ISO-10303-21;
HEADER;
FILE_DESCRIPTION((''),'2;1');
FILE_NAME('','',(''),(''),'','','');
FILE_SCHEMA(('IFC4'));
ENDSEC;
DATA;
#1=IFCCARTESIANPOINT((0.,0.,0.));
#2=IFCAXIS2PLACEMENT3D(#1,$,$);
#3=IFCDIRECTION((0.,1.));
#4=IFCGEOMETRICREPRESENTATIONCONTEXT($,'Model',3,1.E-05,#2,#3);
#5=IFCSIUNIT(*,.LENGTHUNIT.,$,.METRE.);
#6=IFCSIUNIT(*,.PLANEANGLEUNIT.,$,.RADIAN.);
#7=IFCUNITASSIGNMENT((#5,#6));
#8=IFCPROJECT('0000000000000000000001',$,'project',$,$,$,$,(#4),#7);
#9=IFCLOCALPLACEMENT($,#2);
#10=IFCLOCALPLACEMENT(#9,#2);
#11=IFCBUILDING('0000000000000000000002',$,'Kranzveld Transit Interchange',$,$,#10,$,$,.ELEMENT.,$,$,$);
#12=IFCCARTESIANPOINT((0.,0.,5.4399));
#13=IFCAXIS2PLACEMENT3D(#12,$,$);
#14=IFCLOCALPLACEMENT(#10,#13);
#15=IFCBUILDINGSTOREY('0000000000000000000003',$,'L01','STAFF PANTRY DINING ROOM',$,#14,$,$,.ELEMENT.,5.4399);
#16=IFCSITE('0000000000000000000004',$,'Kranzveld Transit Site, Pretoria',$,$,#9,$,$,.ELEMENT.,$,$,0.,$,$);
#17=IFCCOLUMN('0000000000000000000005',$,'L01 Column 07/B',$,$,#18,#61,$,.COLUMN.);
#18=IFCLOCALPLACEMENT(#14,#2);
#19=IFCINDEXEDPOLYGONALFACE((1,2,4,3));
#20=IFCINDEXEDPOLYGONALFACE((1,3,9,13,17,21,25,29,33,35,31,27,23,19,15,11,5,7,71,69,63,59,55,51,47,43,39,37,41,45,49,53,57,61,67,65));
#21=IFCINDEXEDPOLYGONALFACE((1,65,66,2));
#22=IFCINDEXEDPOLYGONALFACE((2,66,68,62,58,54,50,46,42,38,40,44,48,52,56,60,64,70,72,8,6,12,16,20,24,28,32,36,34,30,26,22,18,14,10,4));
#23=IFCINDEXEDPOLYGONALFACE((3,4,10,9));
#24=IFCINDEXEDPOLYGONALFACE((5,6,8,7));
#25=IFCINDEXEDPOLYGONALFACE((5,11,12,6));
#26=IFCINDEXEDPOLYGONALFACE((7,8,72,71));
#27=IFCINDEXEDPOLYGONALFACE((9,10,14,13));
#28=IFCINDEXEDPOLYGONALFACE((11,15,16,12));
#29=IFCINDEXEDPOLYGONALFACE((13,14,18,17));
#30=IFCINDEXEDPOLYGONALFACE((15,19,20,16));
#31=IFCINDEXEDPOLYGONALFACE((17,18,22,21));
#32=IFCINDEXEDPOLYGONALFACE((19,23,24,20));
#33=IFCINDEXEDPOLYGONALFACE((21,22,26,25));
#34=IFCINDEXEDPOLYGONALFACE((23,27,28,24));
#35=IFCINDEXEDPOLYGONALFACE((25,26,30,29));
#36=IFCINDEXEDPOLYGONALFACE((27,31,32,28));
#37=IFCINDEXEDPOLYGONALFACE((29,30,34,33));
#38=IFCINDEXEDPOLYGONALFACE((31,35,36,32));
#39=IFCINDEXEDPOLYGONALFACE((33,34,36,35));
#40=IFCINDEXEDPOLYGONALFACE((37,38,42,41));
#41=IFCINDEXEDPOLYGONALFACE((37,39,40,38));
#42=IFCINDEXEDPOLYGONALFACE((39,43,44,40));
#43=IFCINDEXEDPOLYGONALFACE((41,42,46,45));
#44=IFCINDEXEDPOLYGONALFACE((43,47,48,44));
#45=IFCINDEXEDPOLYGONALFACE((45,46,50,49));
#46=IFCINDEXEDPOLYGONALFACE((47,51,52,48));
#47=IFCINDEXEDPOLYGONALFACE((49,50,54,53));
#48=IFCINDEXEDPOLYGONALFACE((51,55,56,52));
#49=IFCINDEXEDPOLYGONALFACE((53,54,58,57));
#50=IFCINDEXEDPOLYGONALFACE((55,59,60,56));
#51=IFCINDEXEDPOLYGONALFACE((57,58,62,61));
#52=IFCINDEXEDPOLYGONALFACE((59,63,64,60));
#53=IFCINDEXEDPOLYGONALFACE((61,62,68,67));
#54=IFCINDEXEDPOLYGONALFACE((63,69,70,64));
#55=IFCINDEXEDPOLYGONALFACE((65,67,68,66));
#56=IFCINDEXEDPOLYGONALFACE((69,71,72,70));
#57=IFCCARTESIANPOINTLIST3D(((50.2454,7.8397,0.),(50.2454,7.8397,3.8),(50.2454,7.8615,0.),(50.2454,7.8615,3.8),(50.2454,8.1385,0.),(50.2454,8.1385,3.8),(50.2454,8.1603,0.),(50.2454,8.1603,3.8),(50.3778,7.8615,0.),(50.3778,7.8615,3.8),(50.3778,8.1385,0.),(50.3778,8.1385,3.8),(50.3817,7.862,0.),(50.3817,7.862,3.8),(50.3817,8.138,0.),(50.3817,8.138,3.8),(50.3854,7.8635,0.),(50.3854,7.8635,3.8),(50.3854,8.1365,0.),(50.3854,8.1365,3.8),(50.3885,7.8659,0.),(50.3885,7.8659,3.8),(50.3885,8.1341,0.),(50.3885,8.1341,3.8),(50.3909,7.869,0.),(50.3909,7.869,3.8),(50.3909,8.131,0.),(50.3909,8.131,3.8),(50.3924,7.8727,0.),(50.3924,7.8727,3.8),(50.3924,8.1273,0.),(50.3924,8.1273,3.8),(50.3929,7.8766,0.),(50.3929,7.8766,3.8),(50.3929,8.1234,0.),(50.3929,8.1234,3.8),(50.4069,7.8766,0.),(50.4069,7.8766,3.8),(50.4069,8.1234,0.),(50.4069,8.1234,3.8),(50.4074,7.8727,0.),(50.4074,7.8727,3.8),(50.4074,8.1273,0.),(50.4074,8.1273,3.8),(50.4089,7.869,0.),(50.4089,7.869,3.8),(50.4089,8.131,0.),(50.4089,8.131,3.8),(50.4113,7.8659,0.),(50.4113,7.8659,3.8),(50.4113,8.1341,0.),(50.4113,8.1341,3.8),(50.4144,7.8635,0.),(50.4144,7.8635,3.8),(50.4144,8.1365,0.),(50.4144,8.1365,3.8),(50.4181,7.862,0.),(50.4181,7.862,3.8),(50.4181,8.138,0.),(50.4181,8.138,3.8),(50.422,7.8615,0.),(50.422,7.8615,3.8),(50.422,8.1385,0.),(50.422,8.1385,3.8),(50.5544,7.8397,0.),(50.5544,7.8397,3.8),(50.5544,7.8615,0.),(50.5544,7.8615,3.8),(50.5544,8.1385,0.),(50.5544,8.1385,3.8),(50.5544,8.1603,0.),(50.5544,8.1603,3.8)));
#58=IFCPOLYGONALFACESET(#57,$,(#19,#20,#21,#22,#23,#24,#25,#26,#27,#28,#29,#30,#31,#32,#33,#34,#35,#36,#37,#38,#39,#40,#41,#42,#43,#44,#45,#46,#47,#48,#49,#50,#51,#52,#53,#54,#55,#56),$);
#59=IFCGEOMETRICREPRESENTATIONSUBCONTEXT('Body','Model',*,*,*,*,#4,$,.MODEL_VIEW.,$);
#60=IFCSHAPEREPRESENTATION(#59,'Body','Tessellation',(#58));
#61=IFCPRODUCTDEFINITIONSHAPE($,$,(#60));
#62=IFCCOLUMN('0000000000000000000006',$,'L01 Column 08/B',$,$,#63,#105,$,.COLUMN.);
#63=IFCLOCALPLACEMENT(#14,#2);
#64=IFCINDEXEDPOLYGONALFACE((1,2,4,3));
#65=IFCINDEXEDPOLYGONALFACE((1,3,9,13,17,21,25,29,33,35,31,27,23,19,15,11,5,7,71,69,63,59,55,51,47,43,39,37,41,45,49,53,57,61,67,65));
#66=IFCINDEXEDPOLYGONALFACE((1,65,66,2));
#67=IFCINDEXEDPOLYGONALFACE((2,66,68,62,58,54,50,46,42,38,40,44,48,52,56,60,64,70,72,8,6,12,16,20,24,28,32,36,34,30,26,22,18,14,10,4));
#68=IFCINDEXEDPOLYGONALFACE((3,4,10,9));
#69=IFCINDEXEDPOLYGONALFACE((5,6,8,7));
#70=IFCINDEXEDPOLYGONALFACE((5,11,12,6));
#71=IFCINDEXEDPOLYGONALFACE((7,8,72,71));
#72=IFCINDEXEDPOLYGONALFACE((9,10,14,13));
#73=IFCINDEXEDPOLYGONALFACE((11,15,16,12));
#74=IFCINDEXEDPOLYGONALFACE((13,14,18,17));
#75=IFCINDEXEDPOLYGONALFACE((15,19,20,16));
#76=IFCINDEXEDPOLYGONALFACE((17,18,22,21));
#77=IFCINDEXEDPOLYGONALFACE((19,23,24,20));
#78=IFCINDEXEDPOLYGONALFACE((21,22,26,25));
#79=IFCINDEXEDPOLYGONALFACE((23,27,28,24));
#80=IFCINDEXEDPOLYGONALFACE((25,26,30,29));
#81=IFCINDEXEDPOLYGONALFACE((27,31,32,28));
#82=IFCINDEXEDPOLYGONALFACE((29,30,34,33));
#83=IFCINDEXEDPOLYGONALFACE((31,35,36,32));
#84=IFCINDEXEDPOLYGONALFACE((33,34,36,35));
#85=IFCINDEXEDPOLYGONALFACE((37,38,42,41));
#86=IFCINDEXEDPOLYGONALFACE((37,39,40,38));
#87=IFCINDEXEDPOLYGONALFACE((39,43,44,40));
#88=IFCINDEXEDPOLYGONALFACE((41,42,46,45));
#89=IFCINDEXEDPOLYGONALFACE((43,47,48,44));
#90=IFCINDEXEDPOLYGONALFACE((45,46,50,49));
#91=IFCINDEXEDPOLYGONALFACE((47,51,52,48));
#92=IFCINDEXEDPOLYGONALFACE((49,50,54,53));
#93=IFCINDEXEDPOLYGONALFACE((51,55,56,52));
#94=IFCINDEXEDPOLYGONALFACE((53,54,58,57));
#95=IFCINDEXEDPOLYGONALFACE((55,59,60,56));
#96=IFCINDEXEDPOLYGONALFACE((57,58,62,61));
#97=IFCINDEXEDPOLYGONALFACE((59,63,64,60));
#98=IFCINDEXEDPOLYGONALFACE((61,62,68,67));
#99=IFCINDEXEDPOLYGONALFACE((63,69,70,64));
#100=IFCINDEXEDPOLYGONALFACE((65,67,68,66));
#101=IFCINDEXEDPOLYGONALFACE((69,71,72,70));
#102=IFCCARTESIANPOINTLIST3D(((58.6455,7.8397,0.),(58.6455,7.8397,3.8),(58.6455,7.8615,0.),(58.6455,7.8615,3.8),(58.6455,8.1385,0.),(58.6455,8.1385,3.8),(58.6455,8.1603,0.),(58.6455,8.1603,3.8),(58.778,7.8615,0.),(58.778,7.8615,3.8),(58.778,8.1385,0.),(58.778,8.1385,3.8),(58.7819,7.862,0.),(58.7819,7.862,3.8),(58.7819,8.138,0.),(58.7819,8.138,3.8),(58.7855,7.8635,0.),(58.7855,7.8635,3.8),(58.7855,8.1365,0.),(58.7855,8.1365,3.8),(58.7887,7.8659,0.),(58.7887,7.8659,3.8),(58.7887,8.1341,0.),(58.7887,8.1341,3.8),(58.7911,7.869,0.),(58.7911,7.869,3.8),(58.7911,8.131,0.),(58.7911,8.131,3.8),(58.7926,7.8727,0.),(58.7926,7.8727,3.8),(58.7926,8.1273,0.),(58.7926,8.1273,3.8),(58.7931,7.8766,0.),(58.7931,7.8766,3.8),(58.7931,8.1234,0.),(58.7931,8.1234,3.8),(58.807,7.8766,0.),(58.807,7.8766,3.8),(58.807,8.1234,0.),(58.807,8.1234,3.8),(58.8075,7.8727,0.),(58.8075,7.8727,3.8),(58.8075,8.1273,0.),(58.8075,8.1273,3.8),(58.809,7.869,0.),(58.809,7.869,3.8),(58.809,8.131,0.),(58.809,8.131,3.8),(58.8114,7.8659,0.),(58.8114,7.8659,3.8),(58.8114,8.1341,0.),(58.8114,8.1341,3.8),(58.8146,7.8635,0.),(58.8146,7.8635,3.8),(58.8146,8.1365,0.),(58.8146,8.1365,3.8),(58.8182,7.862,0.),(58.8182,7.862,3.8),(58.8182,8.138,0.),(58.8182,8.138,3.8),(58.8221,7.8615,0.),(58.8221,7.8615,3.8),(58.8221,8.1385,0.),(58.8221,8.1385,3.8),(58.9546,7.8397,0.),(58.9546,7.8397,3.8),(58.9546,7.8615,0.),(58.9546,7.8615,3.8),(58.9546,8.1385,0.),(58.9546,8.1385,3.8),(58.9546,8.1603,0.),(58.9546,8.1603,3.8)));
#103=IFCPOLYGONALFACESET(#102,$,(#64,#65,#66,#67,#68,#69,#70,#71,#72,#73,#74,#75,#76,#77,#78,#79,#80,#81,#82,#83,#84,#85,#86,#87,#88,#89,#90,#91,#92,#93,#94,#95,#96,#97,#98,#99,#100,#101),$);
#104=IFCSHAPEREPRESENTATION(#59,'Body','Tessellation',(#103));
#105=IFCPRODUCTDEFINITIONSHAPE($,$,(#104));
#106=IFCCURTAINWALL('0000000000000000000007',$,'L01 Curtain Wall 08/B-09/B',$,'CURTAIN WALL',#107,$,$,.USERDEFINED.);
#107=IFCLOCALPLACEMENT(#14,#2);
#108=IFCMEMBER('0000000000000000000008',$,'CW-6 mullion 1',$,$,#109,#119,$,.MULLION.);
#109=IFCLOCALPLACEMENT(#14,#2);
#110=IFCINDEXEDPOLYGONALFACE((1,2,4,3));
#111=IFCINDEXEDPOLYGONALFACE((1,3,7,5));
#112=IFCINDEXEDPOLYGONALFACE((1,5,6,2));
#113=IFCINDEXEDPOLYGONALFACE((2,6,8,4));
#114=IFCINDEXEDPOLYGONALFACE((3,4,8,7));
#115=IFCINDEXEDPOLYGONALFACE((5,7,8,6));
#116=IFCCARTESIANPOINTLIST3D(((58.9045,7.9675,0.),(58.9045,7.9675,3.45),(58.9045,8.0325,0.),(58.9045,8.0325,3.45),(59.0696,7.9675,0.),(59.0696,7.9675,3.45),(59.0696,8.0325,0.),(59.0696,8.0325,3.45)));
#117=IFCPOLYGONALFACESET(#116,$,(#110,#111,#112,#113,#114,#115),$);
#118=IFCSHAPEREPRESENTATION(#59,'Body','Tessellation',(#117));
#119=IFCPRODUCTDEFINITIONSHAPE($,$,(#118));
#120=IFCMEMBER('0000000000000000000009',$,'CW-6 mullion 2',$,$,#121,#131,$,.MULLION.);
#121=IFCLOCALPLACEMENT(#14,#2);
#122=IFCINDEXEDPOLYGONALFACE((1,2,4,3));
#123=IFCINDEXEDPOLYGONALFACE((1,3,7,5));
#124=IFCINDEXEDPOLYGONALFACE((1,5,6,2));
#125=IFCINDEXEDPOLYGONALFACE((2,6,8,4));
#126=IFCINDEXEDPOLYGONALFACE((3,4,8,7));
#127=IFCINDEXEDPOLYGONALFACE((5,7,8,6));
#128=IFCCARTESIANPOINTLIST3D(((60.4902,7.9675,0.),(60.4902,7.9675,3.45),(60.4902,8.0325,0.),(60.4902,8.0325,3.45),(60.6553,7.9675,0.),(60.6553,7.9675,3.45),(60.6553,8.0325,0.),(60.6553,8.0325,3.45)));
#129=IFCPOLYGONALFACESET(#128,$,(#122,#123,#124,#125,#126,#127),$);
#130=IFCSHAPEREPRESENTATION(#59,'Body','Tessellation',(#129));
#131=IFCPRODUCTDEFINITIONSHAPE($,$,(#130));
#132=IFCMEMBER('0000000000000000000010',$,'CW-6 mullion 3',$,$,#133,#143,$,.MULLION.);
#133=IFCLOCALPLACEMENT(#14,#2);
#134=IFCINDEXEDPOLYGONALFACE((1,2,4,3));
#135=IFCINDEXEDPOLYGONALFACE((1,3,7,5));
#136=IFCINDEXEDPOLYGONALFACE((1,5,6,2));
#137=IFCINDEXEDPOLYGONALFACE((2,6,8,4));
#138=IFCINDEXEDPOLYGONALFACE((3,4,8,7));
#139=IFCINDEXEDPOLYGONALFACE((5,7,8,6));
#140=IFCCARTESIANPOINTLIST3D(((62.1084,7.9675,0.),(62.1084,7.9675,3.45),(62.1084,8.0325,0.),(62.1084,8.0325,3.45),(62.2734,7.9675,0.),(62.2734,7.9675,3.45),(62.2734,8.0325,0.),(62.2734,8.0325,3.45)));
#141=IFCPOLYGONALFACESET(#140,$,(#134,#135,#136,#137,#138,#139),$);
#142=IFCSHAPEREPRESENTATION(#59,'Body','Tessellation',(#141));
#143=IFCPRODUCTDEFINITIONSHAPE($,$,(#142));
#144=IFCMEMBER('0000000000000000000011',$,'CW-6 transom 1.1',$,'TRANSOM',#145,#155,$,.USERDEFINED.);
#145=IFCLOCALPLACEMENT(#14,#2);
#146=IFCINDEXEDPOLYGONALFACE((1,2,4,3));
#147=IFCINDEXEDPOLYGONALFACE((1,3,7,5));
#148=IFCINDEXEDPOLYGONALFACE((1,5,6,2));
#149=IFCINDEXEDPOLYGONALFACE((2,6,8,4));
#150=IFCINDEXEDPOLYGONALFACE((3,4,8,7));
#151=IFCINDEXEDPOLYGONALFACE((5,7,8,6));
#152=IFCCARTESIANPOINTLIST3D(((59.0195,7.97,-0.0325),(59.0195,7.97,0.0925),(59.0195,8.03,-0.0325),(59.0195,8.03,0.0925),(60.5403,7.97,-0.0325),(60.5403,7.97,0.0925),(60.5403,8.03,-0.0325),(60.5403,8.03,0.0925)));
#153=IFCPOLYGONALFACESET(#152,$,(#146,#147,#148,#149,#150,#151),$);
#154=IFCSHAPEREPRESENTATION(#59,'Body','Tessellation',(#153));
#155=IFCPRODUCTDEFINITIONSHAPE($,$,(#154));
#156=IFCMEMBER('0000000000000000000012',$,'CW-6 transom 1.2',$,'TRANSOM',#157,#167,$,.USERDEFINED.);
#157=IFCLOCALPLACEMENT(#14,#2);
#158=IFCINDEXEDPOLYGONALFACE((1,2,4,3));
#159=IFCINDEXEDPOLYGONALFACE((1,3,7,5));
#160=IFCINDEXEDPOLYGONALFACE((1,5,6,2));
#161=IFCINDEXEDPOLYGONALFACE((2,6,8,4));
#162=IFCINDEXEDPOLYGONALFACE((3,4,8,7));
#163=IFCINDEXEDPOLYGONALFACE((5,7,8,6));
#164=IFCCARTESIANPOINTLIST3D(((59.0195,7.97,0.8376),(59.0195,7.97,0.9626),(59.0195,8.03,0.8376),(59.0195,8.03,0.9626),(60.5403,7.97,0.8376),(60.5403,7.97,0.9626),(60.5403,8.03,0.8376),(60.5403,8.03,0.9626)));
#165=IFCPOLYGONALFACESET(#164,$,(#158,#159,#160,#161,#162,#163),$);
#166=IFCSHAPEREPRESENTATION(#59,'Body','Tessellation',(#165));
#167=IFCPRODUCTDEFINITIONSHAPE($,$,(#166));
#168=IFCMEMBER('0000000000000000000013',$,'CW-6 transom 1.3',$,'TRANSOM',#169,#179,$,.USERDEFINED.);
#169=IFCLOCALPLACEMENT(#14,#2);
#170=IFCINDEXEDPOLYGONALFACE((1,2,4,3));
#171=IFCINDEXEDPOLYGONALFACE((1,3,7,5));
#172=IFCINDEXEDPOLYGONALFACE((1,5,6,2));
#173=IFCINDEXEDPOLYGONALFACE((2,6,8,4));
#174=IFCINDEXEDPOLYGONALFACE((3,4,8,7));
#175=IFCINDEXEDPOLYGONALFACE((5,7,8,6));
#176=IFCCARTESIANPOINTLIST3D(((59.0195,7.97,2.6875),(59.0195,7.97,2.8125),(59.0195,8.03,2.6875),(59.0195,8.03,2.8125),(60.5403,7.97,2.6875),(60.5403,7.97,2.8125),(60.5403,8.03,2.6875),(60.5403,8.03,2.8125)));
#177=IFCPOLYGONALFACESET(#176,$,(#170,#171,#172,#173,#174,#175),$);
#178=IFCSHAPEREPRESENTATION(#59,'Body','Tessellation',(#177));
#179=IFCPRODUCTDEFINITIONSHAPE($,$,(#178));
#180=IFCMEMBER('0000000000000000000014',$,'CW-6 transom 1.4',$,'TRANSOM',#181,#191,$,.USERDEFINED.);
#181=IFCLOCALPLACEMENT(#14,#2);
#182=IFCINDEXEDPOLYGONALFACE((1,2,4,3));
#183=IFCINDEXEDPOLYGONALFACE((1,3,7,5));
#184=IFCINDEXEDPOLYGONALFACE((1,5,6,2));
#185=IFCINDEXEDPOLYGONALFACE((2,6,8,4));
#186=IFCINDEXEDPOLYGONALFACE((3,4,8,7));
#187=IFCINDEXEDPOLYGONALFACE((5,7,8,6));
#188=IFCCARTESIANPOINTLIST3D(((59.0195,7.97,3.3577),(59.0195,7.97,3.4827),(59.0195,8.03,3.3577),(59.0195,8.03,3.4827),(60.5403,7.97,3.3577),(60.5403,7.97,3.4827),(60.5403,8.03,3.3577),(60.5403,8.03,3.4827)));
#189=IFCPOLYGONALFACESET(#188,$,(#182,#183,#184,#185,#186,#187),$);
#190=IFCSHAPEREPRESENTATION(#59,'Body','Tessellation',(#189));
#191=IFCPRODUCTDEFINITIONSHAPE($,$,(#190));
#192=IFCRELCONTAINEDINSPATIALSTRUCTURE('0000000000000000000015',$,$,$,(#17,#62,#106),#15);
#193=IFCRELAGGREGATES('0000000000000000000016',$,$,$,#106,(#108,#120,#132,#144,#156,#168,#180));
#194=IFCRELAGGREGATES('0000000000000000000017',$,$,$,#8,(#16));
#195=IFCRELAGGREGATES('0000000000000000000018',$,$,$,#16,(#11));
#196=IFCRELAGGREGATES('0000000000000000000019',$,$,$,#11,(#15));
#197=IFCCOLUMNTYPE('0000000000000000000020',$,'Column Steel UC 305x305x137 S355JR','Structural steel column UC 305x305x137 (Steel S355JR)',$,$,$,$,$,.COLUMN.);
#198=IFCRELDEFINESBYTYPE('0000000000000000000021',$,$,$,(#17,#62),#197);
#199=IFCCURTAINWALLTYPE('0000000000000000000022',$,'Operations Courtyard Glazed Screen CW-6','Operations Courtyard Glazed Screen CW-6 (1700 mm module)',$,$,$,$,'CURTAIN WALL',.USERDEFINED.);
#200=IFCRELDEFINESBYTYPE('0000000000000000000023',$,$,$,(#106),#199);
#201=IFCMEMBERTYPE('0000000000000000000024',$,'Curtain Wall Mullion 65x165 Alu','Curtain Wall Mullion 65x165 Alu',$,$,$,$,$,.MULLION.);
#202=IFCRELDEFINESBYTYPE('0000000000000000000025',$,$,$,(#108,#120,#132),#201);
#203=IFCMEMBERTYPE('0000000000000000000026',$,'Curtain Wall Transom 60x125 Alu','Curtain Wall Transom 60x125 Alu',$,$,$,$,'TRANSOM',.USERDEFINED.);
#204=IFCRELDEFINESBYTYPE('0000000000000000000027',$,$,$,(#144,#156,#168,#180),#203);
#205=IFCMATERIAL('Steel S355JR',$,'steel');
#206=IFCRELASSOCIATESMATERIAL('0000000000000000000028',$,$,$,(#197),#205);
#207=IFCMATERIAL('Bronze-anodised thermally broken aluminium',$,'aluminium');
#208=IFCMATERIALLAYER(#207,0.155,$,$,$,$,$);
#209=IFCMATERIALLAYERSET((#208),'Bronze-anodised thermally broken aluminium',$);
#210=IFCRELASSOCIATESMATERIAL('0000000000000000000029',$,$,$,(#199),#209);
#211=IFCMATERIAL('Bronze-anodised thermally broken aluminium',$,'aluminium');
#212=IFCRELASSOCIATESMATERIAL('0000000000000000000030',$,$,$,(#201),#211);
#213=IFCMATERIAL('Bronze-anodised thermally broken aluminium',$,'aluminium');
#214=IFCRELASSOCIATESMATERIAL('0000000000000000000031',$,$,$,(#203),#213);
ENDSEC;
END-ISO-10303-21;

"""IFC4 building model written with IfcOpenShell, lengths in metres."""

from ifc_helpers import new_model, si_unit, direction, frame, origin, origin_2d, place, context, subcontext, project, spatial, rectangle, i_section, extrude, material, layer, layer_set, material_profile, profile_set, type_object, element, aggregate, save


model = new_model("IFC4")

# Units and contexts
model_context = context("Model", 3, precision=1e-05, world=origin(), true_north=direction((0.0, 1.0)))
body_context = subcontext(model_context, "Body", "Model", "MODEL_VIEW")
ifc_project = project(units=[si_unit("LENGTHUNIT", "METRE"), si_unit("PLANEANGLEUNIT", "RADIAN")], contexts=[model_context])

# Site, building, storey
site_placement = place(None, origin())
site = spatial("IfcSite", under=ifc_project, at=site_placement, Name="Kranzveld Transit Site, Pretoria", CompositionType="ELEMENT", RefElevation=0.0)
building_placement = place(site_placement, origin())
building = spatial("IfcBuilding", under=site, at=building_placement, Name="Kranzveld Transit Interchange", CompositionType="ELEMENT")
storey_placement = place(building_placement, frame((0.0, 0.0, 5.4399)))
storey = spatial("IfcBuildingStorey", under=building, at=storey_placement, Name="L01", Description="STAFF PANTRY DINING ROOM", CompositionType="ELEMENT", Elevation=5.4399)

# Columns
ifc_material_1 = material(Name="Steel S355JR", Category="steel")
ifc_material_profile_1 = material_profile(ifc_material_1, i_section(OverallWidth=0.3091, OverallDepth=0.3206, WebThickness=0.0139, FlangeThickness=0.0217, FilletRadius=0.0151, at=origin_2d()), Name="UC 305x305x137")
ifc_profile_set_1 = profile_set([ifc_material_profile_1], Name="Steel S355JR")
column_type = type_object("IfcColumnType", Name="Column Steel UC 305x305x137 S355JR", Description="Structural steel column UC 305x305x137 (Steel S355JR)", PredefinedType="COLUMN", material=ifc_profile_set_1)
for number, where, z_axis, x_axis, name in (
    (1, (50.3999, 8.0, 0.0), (0.0, 0.0, 1.0), (1.0, 0.0, 0.0), "L01 Column 07/B"),
    (2, (58.8, 8.0, 0.0), (0.0, 0.0, 1.0), (1.0, 0.0, 0.0), "L01 Column 08/B"),
):
    element("IfcColumn", number, at=place(storey_placement, frame(where, z_axis=z_axis, x_axis=x_axis)), inside=storey, type_object=column_type, Name=name, PredefinedType="COLUMN", context=body_context, shape_type="SweptSolid", body=[
        extrude(i_section(OverallWidth=0.3091, OverallDepth=0.3206, WebThickness=0.0139, FlangeThickness=0.0217, FilletRadius=0.0151, at=origin_2d()), origin(), (0.0, 0.0, 1.0), 3.8),
    ])

# Curtain wall, members
ifc_material_2 = material(Name="Bronze-anodised thermally broken aluminium", Category="aluminium")
ifc_layer_1 = layer(ifc_material_2, 0.155)
ifc_layer_set_1 = layer_set([ifc_layer_1], Name="Bronze-anodised thermally broken aluminium")
curtain_wall_type = type_object("IfcCurtainWallType", Name="Operations Courtyard Glazed Screen CW-6", Description="Operations Courtyard Glazed Screen CW-6 (1700 mm module)", ElementType="CURTAIN WALL", PredefinedType="USERDEFINED", material=ifc_layer_set_1)
curtain_wall_placement = place(storey_placement, origin())
curtain_wall = element("IfcCurtainWall", 3, at=curtain_wall_placement, inside=storey, type_object=curtain_wall_type, Name="L01 Curtain Wall 08/B-09/B", ObjectType="CURTAIN WALL", PredefinedType="USERDEFINED")
ifc_material_3 = material(Name="Bronze-anodised thermally broken aluminium", Category="aluminium")
ifc_material_profile_2 = material_profile(ifc_material_3, rectangle(XDim=0.0649, YDim=0.165, at=origin_2d()), Name="ALU MULLION 65x165")
ifc_profile_set_2 = profile_set([ifc_material_profile_2], Name="Bronze-anodised thermally broken aluminium")
member_type_1 = type_object("IfcMemberType", Name="Curtain Wall Mullion 65x165 Alu", Description="Curtain Wall Mullion 65x165 Alu", PredefinedType="MULLION", material=ifc_profile_set_2)
member_1_placement = place(storey_placement, frame((58.9871, 8.0, 0.0), z_axis=(0.0, 0.0, 1.0), x_axis=(0.0, 1.0, 0.0)))
member_1 = element("IfcMember", 4, at=member_1_placement, type_object=member_type_1, Name="CW-6 mullion 1", PredefinedType="MULLION", context=body_context, shape_type="SweptSolid", body=[
    extrude(rectangle(XDim=0.0649, YDim=0.165, at=origin_2d()), origin(), (0.0, 0.0, 1.0), 3.45),
])
member_2_placement = place(storey_placement, frame((60.5728, 8.0, 0.0), z_axis=(0.0, 0.0, 1.0), x_axis=(0.0, 1.0, 0.0)))
member_2 = element("IfcMember", 5, at=member_2_placement, type_object=member_type_1, Name="CW-6 mullion 2", PredefinedType="MULLION", context=body_context, shape_type="SweptSolid", body=[
    extrude(rectangle(XDim=0.0649, YDim=0.165, at=origin_2d()), origin(), (0.0, 0.0, 1.0), 3.45),
])
member_3_placement = place(storey_placement, frame((62.1909, 8.0, 0.0), z_axis=(0.0, 0.0, 1.0), x_axis=(0.0, 1.0, 0.0)))
member_3 = element("IfcMember", 6, at=member_3_placement, type_object=member_type_1, Name="CW-6 mullion 3", PredefinedType="MULLION", context=body_context, shape_type="SweptSolid", body=[
    extrude(rectangle(XDim=0.0649, YDim=0.165, at=origin_2d()), origin(), (0.0, 0.0, 1.0), 3.45),
])
ifc_material_4 = material(Name="Bronze-anodised thermally broken aluminium", Category="aluminium")
ifc_material_profile_3 = material_profile(ifc_material_4, rectangle(XDim=0.0601, YDim=0.125, at=origin_2d()), Name="ALU TRANSOM 60x125")
ifc_profile_set_3 = profile_set([ifc_material_profile_3], Name="Bronze-anodised thermally broken aluminium")
member_type_2 = type_object("IfcMemberType", Name="Curtain Wall Transom 60x125 Alu", Description="Curtain Wall Transom 60x125 Alu", ElementType="TRANSOM", PredefinedType="USERDEFINED", material=ifc_profile_set_3)
member_4_placement = place(storey_placement, frame((59.0195, 8.0, 0.03), z_axis=(1.0, 0.0, 0.0), x_axis=(0.0, 1.0, 0.0)))
member_4 = element("IfcMember", 7, at=member_4_placement, type_object=member_type_2, Name="CW-6 transom 1.1", ObjectType="TRANSOM", PredefinedType="USERDEFINED", context=body_context, shape_type="SweptSolid", body=[
    extrude(rectangle(XDim=0.0601, YDim=0.125, at=origin_2d()), origin(), (0.0, 0.0, 1.0), 1.5208),
])
member_5_placement = place(storey_placement, frame((59.0195, 8.0, 0.9001), z_axis=(1.0, 0.0, 0.0), x_axis=(0.0, 1.0, 0.0)))
member_5 = element("IfcMember", 8, at=member_5_placement, type_object=member_type_2, Name="CW-6 transom 1.2", ObjectType="TRANSOM", PredefinedType="USERDEFINED", context=body_context, shape_type="SweptSolid", body=[
    extrude(rectangle(XDim=0.0601, YDim=0.125, at=origin_2d()), origin(), (0.0, 0.0, 1.0), 1.5208),
])
member_6_placement = place(storey_placement, frame((59.0195, 8.0, 2.75), z_axis=(1.0, 0.0, 0.0), x_axis=(0.0, 1.0, 0.0)))
member_6 = element("IfcMember", 9, at=member_6_placement, type_object=member_type_2, Name="CW-6 transom 1.3", ObjectType="TRANSOM", PredefinedType="USERDEFINED", context=body_context, shape_type="SweptSolid", body=[
    extrude(rectangle(XDim=0.0601, YDim=0.125, at=origin_2d()), origin(), (0.0, 0.0, 1.0), 1.5208),
])
member_7_placement = place(storey_placement, frame((59.0195, 8.0, 3.4202), z_axis=(1.0, 0.0, 0.0), x_axis=(0.0, 1.0, 0.0)))
member_7 = element("IfcMember", 10, at=member_7_placement, type_object=member_type_2, Name="CW-6 transom 1.4", ObjectType="TRANSOM", PredefinedType="USERDEFINED", context=body_context, shape_type="SweptSolid", body=[
    extrude(rectangle(XDim=0.0601, YDim=0.125, at=origin_2d()), origin(), (0.0, 0.0, 1.0), 1.5208),
])

aggregate(curtain_wall, [member_1, member_2, member_3, member_4, member_5, member_6, member_7])

save(model, "model.ifc")
